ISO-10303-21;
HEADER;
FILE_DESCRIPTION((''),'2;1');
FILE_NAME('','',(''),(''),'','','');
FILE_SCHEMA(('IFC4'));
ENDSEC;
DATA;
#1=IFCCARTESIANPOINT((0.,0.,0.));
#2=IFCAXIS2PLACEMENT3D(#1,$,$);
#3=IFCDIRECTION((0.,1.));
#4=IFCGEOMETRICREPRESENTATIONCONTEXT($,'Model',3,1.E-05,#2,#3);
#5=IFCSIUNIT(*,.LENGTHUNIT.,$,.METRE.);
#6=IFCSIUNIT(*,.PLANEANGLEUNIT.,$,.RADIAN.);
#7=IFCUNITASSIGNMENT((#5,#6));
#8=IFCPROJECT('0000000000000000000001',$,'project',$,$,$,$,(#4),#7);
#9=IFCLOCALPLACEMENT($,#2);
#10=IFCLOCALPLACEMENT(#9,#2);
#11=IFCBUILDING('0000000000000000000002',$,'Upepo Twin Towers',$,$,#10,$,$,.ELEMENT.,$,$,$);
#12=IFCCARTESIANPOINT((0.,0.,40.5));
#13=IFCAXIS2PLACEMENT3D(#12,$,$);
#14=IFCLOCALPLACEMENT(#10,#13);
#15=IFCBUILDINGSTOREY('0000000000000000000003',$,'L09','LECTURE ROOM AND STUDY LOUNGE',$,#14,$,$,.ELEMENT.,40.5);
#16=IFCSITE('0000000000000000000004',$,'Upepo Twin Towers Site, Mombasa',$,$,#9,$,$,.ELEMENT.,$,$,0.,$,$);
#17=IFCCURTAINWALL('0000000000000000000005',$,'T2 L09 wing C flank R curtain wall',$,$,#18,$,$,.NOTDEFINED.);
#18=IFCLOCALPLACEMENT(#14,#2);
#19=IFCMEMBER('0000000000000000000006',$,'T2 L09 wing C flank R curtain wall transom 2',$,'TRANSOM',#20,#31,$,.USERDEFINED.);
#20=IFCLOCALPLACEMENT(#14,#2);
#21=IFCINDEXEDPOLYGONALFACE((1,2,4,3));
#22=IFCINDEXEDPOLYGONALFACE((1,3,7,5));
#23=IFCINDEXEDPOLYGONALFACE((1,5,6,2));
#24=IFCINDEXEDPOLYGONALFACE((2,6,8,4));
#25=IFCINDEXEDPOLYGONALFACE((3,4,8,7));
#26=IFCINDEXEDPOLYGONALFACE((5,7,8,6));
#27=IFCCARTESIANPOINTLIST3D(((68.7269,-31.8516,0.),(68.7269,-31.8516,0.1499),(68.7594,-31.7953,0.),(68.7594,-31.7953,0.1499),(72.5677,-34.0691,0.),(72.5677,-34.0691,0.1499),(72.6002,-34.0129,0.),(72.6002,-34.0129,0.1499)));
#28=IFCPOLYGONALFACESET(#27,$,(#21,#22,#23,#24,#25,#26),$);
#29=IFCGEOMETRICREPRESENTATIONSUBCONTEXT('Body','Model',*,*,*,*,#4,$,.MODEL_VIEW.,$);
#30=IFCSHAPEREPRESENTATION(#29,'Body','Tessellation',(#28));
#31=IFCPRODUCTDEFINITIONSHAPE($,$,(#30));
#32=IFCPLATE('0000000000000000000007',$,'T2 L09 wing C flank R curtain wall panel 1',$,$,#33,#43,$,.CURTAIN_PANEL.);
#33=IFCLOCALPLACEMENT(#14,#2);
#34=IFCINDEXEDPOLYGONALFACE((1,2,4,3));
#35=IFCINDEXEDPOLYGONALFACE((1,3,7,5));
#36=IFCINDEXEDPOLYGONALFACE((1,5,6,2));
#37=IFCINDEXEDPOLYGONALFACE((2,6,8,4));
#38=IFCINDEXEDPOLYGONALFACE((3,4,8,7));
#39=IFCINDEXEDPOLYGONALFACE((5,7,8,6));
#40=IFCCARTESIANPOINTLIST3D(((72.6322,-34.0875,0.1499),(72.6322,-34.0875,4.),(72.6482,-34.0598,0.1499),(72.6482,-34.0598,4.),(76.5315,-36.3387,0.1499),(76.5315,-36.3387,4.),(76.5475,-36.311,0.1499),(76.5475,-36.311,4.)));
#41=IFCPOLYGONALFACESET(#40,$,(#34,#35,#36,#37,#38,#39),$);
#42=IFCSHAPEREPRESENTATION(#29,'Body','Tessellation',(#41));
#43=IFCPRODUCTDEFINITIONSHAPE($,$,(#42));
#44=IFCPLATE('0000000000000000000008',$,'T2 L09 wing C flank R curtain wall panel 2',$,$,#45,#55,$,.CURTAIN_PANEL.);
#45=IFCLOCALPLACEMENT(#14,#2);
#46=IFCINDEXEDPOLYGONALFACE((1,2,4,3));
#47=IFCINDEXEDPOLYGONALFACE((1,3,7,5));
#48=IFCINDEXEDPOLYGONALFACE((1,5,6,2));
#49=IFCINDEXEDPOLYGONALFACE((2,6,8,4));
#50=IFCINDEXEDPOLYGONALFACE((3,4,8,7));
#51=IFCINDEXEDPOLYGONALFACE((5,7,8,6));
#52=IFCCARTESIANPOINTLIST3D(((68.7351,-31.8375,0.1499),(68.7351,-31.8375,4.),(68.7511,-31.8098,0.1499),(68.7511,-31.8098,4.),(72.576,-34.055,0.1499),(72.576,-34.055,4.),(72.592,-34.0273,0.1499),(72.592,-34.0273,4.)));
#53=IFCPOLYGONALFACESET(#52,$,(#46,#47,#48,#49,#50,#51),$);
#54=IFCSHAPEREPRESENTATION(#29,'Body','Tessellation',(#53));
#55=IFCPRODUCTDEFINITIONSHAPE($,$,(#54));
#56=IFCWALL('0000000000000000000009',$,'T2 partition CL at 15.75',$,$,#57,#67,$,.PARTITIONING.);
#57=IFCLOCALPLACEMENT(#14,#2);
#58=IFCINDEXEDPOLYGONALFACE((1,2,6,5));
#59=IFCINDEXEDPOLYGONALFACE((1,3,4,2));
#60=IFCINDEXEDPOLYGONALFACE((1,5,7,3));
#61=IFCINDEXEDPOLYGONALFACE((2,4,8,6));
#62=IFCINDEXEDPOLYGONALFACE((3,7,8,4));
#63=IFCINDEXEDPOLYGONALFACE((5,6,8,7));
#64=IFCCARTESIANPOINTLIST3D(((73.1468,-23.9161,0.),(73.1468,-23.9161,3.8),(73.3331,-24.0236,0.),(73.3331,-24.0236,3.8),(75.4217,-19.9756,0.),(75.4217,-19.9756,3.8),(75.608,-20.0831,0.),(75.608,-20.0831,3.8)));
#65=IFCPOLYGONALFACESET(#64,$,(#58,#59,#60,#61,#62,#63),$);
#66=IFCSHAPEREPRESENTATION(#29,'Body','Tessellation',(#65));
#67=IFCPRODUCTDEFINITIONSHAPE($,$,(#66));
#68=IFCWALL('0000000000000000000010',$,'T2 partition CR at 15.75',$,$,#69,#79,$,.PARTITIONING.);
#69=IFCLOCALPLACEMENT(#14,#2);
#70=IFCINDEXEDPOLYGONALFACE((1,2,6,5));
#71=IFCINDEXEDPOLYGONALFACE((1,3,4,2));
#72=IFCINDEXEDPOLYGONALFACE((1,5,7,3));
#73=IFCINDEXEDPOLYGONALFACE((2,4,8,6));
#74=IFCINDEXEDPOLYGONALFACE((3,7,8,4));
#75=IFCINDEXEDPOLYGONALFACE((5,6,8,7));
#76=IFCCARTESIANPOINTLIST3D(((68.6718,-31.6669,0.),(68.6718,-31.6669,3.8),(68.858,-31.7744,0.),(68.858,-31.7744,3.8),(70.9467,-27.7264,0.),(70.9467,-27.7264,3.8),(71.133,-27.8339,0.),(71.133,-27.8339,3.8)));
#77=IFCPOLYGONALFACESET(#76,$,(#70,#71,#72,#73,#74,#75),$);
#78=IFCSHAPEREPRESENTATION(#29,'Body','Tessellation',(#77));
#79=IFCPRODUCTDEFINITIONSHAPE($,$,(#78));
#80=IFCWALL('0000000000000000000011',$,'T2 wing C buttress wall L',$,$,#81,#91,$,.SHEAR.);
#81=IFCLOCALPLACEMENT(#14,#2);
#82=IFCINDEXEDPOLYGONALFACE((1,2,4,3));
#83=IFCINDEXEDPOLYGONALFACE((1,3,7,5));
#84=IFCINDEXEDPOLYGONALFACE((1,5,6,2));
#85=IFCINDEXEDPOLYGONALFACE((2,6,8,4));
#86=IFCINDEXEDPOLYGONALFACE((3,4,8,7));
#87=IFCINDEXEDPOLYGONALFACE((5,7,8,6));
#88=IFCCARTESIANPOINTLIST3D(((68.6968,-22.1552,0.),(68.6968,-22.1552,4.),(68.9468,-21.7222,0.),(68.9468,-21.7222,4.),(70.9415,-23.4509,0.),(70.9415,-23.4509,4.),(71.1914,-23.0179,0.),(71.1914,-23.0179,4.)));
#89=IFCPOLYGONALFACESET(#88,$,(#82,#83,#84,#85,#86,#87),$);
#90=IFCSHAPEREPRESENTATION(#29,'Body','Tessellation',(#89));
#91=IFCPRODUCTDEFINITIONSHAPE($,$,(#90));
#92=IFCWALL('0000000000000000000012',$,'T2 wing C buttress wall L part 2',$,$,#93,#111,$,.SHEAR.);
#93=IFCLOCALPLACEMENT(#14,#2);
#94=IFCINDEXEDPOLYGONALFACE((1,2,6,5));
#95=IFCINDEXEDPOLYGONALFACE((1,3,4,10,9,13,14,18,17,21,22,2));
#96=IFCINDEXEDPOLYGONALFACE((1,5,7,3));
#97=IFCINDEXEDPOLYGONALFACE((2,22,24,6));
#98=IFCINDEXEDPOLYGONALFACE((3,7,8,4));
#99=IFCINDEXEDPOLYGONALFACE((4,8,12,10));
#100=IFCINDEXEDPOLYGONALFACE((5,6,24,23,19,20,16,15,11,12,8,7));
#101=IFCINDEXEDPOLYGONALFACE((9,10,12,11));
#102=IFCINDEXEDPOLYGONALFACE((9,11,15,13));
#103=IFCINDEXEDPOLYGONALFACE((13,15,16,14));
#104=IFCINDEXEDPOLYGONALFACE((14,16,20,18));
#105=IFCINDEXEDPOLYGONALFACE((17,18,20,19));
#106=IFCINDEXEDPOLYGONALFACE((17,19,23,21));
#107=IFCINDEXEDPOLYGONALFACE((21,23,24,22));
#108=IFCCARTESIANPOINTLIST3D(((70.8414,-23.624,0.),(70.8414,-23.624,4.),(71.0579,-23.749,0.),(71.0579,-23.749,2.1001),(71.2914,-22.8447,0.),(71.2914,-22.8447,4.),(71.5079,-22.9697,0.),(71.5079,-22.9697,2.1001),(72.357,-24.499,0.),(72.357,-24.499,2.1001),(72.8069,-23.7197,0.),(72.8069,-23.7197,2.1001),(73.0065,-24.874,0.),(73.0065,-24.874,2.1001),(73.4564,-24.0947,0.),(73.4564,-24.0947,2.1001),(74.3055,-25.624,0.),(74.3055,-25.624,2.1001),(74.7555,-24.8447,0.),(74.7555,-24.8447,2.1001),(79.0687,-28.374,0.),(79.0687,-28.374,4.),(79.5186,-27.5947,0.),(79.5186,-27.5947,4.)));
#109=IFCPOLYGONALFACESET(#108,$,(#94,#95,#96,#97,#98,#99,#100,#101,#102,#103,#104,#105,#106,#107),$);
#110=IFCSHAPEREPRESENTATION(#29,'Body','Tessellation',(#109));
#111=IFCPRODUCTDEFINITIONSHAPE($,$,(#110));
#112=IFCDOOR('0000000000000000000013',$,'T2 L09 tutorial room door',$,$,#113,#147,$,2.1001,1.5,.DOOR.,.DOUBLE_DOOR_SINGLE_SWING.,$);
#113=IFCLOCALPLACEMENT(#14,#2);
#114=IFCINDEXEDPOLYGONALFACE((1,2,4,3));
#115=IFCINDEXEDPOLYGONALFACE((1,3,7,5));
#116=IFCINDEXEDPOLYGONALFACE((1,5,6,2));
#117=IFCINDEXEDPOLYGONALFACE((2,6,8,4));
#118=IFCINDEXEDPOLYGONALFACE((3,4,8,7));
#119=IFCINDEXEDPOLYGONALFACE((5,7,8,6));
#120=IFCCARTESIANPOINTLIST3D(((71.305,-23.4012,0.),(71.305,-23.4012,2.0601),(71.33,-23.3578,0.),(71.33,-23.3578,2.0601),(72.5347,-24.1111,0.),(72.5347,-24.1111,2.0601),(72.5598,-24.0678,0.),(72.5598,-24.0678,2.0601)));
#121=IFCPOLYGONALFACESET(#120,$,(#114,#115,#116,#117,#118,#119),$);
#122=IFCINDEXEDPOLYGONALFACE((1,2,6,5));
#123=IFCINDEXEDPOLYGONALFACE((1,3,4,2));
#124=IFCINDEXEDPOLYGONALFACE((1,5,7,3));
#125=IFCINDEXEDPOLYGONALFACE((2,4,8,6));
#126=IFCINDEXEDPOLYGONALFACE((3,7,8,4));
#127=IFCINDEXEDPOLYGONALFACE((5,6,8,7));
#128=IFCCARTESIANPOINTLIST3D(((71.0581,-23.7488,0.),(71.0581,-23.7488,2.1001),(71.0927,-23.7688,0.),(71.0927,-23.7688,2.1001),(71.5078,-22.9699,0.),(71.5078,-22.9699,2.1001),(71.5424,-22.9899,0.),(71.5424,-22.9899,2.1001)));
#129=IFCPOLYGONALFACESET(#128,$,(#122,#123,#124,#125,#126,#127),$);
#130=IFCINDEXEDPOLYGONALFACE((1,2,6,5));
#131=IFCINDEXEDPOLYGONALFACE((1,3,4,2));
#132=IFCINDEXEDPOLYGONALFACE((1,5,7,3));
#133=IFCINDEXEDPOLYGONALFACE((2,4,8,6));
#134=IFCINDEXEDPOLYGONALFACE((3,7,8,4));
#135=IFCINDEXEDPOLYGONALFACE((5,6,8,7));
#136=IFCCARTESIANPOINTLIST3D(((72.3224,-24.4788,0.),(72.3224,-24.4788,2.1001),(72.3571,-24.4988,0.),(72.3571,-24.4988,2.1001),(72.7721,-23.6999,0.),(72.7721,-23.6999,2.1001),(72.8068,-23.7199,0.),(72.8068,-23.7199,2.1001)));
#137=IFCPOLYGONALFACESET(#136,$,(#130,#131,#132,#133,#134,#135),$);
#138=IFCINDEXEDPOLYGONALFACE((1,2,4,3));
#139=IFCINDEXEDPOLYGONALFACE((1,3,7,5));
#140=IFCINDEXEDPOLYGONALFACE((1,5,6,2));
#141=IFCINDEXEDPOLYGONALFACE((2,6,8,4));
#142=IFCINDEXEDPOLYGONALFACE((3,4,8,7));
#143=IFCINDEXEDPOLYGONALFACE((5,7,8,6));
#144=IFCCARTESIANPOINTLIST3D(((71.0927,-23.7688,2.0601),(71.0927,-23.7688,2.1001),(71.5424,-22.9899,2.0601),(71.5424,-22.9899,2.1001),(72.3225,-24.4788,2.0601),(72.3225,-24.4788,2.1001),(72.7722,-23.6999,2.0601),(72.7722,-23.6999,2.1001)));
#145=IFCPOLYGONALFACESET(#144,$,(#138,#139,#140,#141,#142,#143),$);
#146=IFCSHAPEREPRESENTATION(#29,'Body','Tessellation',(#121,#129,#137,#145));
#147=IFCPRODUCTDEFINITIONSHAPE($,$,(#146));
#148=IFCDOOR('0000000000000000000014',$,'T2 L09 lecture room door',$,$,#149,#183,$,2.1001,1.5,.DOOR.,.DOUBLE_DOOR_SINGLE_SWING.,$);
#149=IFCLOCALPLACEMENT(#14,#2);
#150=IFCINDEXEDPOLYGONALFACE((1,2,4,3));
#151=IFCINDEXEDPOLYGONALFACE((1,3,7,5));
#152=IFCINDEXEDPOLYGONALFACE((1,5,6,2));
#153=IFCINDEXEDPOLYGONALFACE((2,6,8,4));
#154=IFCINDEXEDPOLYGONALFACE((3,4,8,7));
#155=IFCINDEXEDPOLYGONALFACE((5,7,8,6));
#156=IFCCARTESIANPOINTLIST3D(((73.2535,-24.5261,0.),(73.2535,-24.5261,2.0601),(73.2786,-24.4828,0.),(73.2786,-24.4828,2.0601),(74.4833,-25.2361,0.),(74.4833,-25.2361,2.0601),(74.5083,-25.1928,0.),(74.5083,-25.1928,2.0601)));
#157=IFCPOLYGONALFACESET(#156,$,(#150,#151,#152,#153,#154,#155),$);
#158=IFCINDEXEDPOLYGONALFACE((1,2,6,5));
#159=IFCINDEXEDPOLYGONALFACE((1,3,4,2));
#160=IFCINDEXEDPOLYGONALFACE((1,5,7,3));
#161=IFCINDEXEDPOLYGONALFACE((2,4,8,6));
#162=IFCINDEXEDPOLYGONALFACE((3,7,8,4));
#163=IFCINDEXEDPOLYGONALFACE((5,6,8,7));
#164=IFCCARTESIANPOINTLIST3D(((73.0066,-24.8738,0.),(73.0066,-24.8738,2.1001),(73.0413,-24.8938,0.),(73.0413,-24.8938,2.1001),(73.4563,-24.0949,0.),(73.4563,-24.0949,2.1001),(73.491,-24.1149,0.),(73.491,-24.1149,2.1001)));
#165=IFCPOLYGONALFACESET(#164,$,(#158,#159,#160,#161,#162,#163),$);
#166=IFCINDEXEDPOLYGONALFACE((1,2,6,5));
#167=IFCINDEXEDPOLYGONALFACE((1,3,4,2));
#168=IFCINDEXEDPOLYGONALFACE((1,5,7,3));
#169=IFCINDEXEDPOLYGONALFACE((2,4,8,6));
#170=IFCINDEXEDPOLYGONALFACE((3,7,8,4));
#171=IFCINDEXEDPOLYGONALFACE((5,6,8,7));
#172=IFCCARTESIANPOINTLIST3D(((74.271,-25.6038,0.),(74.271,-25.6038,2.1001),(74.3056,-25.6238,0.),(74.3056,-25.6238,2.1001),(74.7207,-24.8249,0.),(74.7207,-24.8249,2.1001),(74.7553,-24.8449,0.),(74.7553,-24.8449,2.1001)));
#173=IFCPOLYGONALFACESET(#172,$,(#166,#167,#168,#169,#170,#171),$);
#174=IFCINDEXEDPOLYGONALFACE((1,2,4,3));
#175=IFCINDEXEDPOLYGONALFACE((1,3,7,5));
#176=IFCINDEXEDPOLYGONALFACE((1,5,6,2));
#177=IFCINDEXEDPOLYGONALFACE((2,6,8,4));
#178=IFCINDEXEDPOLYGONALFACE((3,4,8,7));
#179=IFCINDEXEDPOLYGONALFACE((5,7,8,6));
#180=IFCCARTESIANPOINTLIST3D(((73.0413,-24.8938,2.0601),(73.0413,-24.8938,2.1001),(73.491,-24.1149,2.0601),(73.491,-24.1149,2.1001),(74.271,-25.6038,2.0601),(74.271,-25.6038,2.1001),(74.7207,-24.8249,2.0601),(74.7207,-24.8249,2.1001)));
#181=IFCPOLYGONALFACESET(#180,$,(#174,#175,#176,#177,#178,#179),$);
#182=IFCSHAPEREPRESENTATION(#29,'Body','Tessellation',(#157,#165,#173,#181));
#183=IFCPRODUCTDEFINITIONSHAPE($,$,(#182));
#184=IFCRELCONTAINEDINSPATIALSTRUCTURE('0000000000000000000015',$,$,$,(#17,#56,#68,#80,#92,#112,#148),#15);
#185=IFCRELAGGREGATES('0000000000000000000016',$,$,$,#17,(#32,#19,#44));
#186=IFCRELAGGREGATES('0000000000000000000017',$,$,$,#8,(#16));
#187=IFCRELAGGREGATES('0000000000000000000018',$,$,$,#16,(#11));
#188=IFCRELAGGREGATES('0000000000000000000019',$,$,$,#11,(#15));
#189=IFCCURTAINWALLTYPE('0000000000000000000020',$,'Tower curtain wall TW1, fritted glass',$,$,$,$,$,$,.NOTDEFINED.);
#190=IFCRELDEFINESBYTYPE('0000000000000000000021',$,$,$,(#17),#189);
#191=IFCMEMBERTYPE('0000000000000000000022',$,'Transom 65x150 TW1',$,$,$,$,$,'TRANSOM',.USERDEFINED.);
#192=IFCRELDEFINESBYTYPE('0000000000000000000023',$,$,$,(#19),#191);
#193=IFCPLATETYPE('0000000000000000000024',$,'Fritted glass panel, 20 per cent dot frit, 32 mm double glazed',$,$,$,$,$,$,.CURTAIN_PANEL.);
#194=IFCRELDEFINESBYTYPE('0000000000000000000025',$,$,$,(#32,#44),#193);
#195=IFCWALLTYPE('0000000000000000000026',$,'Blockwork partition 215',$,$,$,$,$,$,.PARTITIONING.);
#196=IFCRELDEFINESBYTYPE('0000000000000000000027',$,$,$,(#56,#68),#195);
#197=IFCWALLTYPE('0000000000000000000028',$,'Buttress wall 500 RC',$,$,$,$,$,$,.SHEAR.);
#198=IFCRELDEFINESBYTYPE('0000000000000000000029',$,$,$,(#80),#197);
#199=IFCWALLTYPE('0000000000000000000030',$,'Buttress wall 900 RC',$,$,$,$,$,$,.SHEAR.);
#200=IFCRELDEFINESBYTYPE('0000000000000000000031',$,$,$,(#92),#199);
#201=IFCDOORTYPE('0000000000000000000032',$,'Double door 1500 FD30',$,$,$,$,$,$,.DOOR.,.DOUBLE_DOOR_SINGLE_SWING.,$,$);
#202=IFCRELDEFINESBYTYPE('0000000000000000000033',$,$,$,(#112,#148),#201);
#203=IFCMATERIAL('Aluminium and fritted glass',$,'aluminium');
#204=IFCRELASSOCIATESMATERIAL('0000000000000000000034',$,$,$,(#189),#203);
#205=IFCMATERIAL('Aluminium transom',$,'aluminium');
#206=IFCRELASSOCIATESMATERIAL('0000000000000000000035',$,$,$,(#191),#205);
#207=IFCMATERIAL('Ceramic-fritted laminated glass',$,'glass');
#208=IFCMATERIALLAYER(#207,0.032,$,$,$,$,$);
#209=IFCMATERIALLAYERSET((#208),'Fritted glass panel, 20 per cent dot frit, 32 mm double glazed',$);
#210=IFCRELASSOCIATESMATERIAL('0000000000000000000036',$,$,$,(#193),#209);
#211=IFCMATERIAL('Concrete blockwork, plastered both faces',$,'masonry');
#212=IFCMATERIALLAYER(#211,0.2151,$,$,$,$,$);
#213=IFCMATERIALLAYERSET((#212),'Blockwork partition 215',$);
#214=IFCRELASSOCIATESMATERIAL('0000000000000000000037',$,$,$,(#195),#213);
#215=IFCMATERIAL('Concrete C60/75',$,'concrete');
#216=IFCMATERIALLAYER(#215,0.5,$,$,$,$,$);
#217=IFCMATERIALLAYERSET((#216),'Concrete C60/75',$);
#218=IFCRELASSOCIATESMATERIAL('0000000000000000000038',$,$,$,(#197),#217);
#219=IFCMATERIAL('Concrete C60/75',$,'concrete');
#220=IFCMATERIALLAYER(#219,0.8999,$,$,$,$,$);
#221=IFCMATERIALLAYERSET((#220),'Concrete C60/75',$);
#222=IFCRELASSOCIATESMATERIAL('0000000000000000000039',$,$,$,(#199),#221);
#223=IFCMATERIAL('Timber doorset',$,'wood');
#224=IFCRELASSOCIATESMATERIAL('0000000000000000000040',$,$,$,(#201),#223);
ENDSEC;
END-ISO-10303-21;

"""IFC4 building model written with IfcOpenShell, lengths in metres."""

from ifc_helpers import new_model, si_unit, direction, frame, frame_2d, origin, origin_2d, place, context, subcontext, project, spatial, rectangle, extrude, material, layer, layer_set, material_profile, profile_set, type_object, element, fill, aggregate, save


model = new_model("IFC4")

# Units and contexts
model_context = context("Model", 3, precision=1e-05, world=origin(), true_north=direction((0.0, 1.0)))
body_context = subcontext(model_context, "Body", "Model", "MODEL_VIEW")
ifc_project = project(units=[si_unit("LENGTHUNIT", "METRE"), si_unit("PLANEANGLEUNIT", "RADIAN")], contexts=[model_context])

# Site, building, storey
site_placement = place(None, origin())
site = spatial("IfcSite", under=ifc_project, at=site_placement, Name="Upepo Twin Towers Site, Mombasa", CompositionType="ELEMENT", RefElevation=0.0)
building_placement = place(site_placement, origin())
building = spatial("IfcBuilding", under=site, at=building_placement, Name="Upepo Twin Towers", CompositionType="ELEMENT")
storey_placement = place(building_placement, frame((0.0, 0.0, 40.5)))
storey = spatial("IfcBuildingStorey", under=building, at=storey_placement, Name="L09", Description="LECTURE ROOM AND STUDY LOUNGE", CompositionType="ELEMENT", Elevation=40.5)

# Curtain wall, member, plates
ifc_material_1 = material(Name="Aluminium and fritted glass", Category="aluminium")
curtain_wall_type = type_object("IfcCurtainWallType", Name="Tower curtain wall TW1, fritted glass", PredefinedType="NOTDEFINED", material=ifc_material_1)
curtain_wall_placement = place(storey_placement, origin())
curtain_wall = element("IfcCurtainWall", 1, at=curtain_wall_placement, inside=storey, type_object=curtain_wall_type, Name="T2 L09 wing C flank R curtain wall", PredefinedType="NOTDEFINED")
ifc_material_2 = material(Name="Aluminium transom", Category="aluminium")
ifc_material_profile_1 = material_profile(ifc_material_2, rectangle(XDim=0.0649, YDim=0.1499, at=origin_2d()), Name="TRANSOM 65x150")
ifc_profile_set_1 = profile_set([ifc_material_profile_1], Name="Aluminium transom")
member_type_1 = type_object("IfcMemberType", Name="Transom 65x150 TW1", ElementType="TRANSOM", PredefinedType="USERDEFINED", material=ifc_profile_set_1)
member_1_placement = place(storey_placement, frame((72.584, -34.041, 0.075), z_axis=(-0.866022, 0.500005, 0.0), x_axis=(-0.500005, -0.866022, 0.0)))
member_1 = element("IfcMember", 2, at=member_1_placement, type_object=member_type_1, Name="T2 L09 wing C flank R curtain wall transom 2", ObjectType="TRANSOM", PredefinedType="USERDEFINED", context=body_context, shape_type="SweptSolid", body=[
    extrude(rectangle(XDim=0.0649, YDim=0.1499, at=origin_2d()), origin(), (0.0, 0.0, 1.0), 4.4351),
])
ifc_material_3 = material(Name="Ceramic-fritted laminated glass", Category="glass")
ifc_layer_1 = layer(ifc_material_3, 0.032)
ifc_layer_set_1 = layer_set([ifc_layer_1], Name="Fritted glass panel, 20 per cent dot frit, 32 mm double glazed")
plate_type = type_object("IfcPlateType", Name="Fritted glass panel, 20 per cent dot frit, 32 mm double glazed", PredefinedType="CURTAIN_PANEL", material=ifc_layer_set_1)
plate_1_placement = place(storey_placement, frame((74.5898, -35.1992, 0.1499), z_axis=(0.0, 0.0, 1.0), x_axis=(-0.866025, 0.5, 0.0)))
plate_1 = element("IfcPlate", 3, at=plate_1_placement, type_object=plate_type, Name="T2 L09 wing C flank R curtain wall panel 1", PredefinedType="CURTAIN_PANEL", context=body_context, shape_type="SweptSolid", body=[
    extrude(rectangle(XDim=4.5024, YDim=0.032, at=origin_2d()), origin(), (0.0, 0.0, 1.0), 3.8501),
])
plate_2_placement = place(storey_placement, frame((70.6636, -32.9324, 0.1499), z_axis=(0.0, 0.0, 1.0), x_axis=(-0.866025, 0.5, 0.0)))
plate_2 = element("IfcPlate", 4, at=plate_2_placement, type_object=plate_type, Name="T2 L09 wing C flank R curtain wall panel 2", PredefinedType="CURTAIN_PANEL", context=body_context, shape_type="SweptSolid", body=[
    extrude(rectangle(XDim=4.4351, YDim=0.032, at=origin_2d()), origin(), (0.0, 0.0, 1.0), 3.8501),
])
aggregate(curtain_wall, [plate_1, member_1, plate_2])

# Walls
ifc_material_4 = material(Name="Concrete blockwork, plastered both faces", Category="masonry")
ifc_layer_2 = layer(ifc_material_4, 0.2151)
ifc_layer_set_2 = layer_set([ifc_layer_2], Name="Blockwork partition 215")
wall_type_1 = type_object("IfcWallType", Name="Blockwork partition 215", PredefinedType="PARTITIONING", material=ifc_layer_set_2)
for number, where, z_axis, x_axis, name in (
    (5, (73.24, -23.9697, 0.0), (0.0, 0.0, 1.0), (0.499983, 0.866035, 0.0), "T2 partition CL at 15.75"),
    (6, (71.0398, -27.7803, 0.0), (0.0, 0.0, 1.0), (-0.499983, -0.866035, 0.0), "T2 partition CR at 15.75"),
):
    element("IfcWall", number, at=place(storey_placement, frame(where, z_axis=z_axis, x_axis=x_axis)), inside=storey, type_object=wall_type_1, Name=name, PredefinedType="PARTITIONING", context=body_context, shape_type="SweptSolid", body=[
        extrude(rectangle(XDim=4.55, YDim=0.2151, at=frame_2d((2.2749, 0.0))), origin(), (0.0, 0.0, 1.0), 3.8),
    ])
ifc_material_5 = material(Name="Concrete C60/75", Category="concrete")
ifc_layer_3 = layer(ifc_material_5, 0.5)
ifc_layer_set_3 = layer_set([ifc_layer_3], Name="Concrete C60/75")
wall_type_2 = type_object("IfcWallType", Name="Buttress wall 500 RC", PredefinedType="SHEAR", material=ifc_layer_set_3)
wall_1_placement = place(storey_placement, frame((68.8218, -21.9387, 0.0), z_axis=(0.0, 0.0, 1.0), x_axis=(0.866073, -0.499918, 0.0)))
element("IfcWall", 7, at=wall_1_placement, inside=storey, type_object=wall_type_2, Name="T2 wing C buttress wall L", PredefinedType="SHEAR", context=body_context, shape_type="SweptSolid", body=[
    extrude(rectangle(XDim=2.5918, YDim=0.5, at=frame_2d((1.2959, 0.0))), origin(), (0.0, 0.0, 1.0), 4.0),
])

# Wall, openings, doors
ifc_material_6 = material(Name="Concrete C60/75", Category="concrete")
ifc_layer_4 = layer(ifc_material_6, 0.8999)
ifc_layer_set_4 = layer_set([ifc_layer_4], Name="Concrete C60/75")
wall_type_3 = type_object("IfcWallType", Name="Buttress wall 900 RC", PredefinedType="SHEAR", material=ifc_layer_set_4)
wall_2_placement = place(storey_placement, frame((71.0664, -23.2344, 0.0), z_axis=(0.0, 0.0, 1.0), x_axis=(0.866027, -0.499998, 0.0)))
wall_2 = element("IfcWall", 8, at=wall_2_placement, inside=storey, type_object=wall_type_3, Name="T2 wing C buttress wall L part 2", PredefinedType="SHEAR", context=body_context, shape_type="SweptSolid", body=[
    extrude(rectangle(XDim=9.5, YDim=0.8999, at=frame_2d((4.75, 0.0))), origin(), (0.0, 0.0, 1.0), 4.0),
])
opening_1_placement = place(wall_2_placement, frame((0.25, 0.0, 0.0)))
opening_1 = element("IfcOpeningElement", 9, at=opening_1_placement, cuts=wall_2, PredefinedType="OPENING", context=body_context, shape_type="SweptSolid", body=[
    extrude(rectangle(XDim=1.5, YDim=2.1001, at=frame_2d((0.75, 1.05))), frame((0.0, 0.46, 0.0), z_axis=(0.0, -1.0, 0.0), x_axis=(1.0, 0.0, 0.0)), (0.0, 0.0, 1.0), 0.9199),
])
opening_2_placement = place(wall_2_placement, frame((2.5, 0.0, 0.0)))
opening_2 = element("IfcOpeningElement", 10, at=opening_2_placement, cuts=wall_2, PredefinedType="OPENING", context=body_context, shape_type="SweptSolid", body=[
    extrude(rectangle(XDim=1.5, YDim=2.1001, at=frame_2d((0.75, 1.05))), frame((0.0, 0.46, 0.0), z_axis=(0.0, -1.0, 0.0), x_axis=(1.0, 0.0, 0.0)), (0.0, 0.0, 1.0), 0.9199),
])
ifc_material_7 = material(Name="Timber doorset", Category="wood")
door_type = type_object("IfcDoorType", Name="Double door 1500 FD30", OperationType="DOUBLE_DOOR_SINGLE_SWING", PredefinedType="DOOR", material=ifc_material_7)
door_1_placement = place(opening_1_placement, origin())
door_1 = element("IfcDoor", 11, at=door_1_placement, inside=storey, type_object=door_type, Name="T2 L09 tutorial room door", OperationType="DOUBLE_DOOR_SINGLE_SWING", OverallHeight=2.1001, OverallWidth=1.5, PredefinedType="DOOR", context=body_context, shape_type="SweptSolid", body=[
    extrude(rectangle(XDim=1.42, YDim=2.0601, at=frame_2d((0.75, 1.03))), frame((0.0, 0.0249, 0.0), z_axis=(0.0, -1.0, 0.0), x_axis=(1.0, 0.0, 0.0)), (0.0, 0.0, 1.0), 0.05),
    extrude(rectangle(XDim=0.04, YDim=2.1001, at=frame_2d((0.02, 1.05))), frame((0.0, 0.4497, 0.0), z_axis=(0.0, -1.0, 0.0), x_axis=(1.0, 0.0, 0.0)), (0.0, 0.0, 1.0), 0.8994),
    extrude(rectangle(XDim=0.04, YDim=2.1001, at=frame_2d((1.48, 1.05))), frame((0.0, 0.4497, 0.0), z_axis=(0.0, -1.0, 0.0), x_axis=(1.0, 0.0, 0.0)), (0.0, 0.0, 1.0), 0.8994),
    extrude(rectangle(XDim=1.42, YDim=0.04, at=frame_2d((0.75, 2.0801))), frame((0.0, 0.4497, 0.0), z_axis=(0.0, -1.0, 0.0), x_axis=(1.0, 0.0, 0.0)), (0.0, 0.0, 1.0), 0.8994),
])
fill(opening_1, door_1)
door_2_placement = place(opening_2_placement, origin())
door_2 = element("IfcDoor", 12, at=door_2_placement, inside=storey, type_object=door_type, Name="T2 L09 lecture room door", OperationType="DOUBLE_DOOR_SINGLE_SWING", OverallHeight=2.1001, OverallWidth=1.5, PredefinedType="DOOR", context=body_context, shape_type="SweptSolid", body=[
    extrude(rectangle(XDim=1.42, YDim=2.0601, at=frame_2d((0.75, 1.03))), frame((0.0, 0.0249, 0.0), z_axis=(0.0, -1.0, 0.0), x_axis=(1.0, 0.0, 0.0)), (0.0, 0.0, 1.0), 0.05),
    extrude(rectangle(XDim=0.04, YDim=2.1001, at=frame_2d((0.02, 1.05))), frame((0.0, 0.4497, 0.0), z_axis=(0.0, -1.0, 0.0), x_axis=(1.0, 0.0, 0.0)), (0.0, 0.0, 1.0), 0.8994),
    extrude(rectangle(XDim=0.04, YDim=2.1001, at=frame_2d((1.48, 1.05))), frame((0.0, 0.4497, 0.0), z_axis=(0.0, -1.0, 0.0), x_axis=(1.0, 0.0, 0.0)), (0.0, 0.0, 1.0), 0.8994),
    extrude(rectangle(XDim=1.42, YDim=0.04, at=frame_2d((0.75, 2.0801))), frame((0.0, 0.4497, 0.0), z_axis=(0.0, -1.0, 0.0), x_axis=(1.0, 0.0, 0.0)), (0.0, 0.0, 1.0), 0.8994),
])
fill(opening_2, door_2)

save(model, "model.ifc")
